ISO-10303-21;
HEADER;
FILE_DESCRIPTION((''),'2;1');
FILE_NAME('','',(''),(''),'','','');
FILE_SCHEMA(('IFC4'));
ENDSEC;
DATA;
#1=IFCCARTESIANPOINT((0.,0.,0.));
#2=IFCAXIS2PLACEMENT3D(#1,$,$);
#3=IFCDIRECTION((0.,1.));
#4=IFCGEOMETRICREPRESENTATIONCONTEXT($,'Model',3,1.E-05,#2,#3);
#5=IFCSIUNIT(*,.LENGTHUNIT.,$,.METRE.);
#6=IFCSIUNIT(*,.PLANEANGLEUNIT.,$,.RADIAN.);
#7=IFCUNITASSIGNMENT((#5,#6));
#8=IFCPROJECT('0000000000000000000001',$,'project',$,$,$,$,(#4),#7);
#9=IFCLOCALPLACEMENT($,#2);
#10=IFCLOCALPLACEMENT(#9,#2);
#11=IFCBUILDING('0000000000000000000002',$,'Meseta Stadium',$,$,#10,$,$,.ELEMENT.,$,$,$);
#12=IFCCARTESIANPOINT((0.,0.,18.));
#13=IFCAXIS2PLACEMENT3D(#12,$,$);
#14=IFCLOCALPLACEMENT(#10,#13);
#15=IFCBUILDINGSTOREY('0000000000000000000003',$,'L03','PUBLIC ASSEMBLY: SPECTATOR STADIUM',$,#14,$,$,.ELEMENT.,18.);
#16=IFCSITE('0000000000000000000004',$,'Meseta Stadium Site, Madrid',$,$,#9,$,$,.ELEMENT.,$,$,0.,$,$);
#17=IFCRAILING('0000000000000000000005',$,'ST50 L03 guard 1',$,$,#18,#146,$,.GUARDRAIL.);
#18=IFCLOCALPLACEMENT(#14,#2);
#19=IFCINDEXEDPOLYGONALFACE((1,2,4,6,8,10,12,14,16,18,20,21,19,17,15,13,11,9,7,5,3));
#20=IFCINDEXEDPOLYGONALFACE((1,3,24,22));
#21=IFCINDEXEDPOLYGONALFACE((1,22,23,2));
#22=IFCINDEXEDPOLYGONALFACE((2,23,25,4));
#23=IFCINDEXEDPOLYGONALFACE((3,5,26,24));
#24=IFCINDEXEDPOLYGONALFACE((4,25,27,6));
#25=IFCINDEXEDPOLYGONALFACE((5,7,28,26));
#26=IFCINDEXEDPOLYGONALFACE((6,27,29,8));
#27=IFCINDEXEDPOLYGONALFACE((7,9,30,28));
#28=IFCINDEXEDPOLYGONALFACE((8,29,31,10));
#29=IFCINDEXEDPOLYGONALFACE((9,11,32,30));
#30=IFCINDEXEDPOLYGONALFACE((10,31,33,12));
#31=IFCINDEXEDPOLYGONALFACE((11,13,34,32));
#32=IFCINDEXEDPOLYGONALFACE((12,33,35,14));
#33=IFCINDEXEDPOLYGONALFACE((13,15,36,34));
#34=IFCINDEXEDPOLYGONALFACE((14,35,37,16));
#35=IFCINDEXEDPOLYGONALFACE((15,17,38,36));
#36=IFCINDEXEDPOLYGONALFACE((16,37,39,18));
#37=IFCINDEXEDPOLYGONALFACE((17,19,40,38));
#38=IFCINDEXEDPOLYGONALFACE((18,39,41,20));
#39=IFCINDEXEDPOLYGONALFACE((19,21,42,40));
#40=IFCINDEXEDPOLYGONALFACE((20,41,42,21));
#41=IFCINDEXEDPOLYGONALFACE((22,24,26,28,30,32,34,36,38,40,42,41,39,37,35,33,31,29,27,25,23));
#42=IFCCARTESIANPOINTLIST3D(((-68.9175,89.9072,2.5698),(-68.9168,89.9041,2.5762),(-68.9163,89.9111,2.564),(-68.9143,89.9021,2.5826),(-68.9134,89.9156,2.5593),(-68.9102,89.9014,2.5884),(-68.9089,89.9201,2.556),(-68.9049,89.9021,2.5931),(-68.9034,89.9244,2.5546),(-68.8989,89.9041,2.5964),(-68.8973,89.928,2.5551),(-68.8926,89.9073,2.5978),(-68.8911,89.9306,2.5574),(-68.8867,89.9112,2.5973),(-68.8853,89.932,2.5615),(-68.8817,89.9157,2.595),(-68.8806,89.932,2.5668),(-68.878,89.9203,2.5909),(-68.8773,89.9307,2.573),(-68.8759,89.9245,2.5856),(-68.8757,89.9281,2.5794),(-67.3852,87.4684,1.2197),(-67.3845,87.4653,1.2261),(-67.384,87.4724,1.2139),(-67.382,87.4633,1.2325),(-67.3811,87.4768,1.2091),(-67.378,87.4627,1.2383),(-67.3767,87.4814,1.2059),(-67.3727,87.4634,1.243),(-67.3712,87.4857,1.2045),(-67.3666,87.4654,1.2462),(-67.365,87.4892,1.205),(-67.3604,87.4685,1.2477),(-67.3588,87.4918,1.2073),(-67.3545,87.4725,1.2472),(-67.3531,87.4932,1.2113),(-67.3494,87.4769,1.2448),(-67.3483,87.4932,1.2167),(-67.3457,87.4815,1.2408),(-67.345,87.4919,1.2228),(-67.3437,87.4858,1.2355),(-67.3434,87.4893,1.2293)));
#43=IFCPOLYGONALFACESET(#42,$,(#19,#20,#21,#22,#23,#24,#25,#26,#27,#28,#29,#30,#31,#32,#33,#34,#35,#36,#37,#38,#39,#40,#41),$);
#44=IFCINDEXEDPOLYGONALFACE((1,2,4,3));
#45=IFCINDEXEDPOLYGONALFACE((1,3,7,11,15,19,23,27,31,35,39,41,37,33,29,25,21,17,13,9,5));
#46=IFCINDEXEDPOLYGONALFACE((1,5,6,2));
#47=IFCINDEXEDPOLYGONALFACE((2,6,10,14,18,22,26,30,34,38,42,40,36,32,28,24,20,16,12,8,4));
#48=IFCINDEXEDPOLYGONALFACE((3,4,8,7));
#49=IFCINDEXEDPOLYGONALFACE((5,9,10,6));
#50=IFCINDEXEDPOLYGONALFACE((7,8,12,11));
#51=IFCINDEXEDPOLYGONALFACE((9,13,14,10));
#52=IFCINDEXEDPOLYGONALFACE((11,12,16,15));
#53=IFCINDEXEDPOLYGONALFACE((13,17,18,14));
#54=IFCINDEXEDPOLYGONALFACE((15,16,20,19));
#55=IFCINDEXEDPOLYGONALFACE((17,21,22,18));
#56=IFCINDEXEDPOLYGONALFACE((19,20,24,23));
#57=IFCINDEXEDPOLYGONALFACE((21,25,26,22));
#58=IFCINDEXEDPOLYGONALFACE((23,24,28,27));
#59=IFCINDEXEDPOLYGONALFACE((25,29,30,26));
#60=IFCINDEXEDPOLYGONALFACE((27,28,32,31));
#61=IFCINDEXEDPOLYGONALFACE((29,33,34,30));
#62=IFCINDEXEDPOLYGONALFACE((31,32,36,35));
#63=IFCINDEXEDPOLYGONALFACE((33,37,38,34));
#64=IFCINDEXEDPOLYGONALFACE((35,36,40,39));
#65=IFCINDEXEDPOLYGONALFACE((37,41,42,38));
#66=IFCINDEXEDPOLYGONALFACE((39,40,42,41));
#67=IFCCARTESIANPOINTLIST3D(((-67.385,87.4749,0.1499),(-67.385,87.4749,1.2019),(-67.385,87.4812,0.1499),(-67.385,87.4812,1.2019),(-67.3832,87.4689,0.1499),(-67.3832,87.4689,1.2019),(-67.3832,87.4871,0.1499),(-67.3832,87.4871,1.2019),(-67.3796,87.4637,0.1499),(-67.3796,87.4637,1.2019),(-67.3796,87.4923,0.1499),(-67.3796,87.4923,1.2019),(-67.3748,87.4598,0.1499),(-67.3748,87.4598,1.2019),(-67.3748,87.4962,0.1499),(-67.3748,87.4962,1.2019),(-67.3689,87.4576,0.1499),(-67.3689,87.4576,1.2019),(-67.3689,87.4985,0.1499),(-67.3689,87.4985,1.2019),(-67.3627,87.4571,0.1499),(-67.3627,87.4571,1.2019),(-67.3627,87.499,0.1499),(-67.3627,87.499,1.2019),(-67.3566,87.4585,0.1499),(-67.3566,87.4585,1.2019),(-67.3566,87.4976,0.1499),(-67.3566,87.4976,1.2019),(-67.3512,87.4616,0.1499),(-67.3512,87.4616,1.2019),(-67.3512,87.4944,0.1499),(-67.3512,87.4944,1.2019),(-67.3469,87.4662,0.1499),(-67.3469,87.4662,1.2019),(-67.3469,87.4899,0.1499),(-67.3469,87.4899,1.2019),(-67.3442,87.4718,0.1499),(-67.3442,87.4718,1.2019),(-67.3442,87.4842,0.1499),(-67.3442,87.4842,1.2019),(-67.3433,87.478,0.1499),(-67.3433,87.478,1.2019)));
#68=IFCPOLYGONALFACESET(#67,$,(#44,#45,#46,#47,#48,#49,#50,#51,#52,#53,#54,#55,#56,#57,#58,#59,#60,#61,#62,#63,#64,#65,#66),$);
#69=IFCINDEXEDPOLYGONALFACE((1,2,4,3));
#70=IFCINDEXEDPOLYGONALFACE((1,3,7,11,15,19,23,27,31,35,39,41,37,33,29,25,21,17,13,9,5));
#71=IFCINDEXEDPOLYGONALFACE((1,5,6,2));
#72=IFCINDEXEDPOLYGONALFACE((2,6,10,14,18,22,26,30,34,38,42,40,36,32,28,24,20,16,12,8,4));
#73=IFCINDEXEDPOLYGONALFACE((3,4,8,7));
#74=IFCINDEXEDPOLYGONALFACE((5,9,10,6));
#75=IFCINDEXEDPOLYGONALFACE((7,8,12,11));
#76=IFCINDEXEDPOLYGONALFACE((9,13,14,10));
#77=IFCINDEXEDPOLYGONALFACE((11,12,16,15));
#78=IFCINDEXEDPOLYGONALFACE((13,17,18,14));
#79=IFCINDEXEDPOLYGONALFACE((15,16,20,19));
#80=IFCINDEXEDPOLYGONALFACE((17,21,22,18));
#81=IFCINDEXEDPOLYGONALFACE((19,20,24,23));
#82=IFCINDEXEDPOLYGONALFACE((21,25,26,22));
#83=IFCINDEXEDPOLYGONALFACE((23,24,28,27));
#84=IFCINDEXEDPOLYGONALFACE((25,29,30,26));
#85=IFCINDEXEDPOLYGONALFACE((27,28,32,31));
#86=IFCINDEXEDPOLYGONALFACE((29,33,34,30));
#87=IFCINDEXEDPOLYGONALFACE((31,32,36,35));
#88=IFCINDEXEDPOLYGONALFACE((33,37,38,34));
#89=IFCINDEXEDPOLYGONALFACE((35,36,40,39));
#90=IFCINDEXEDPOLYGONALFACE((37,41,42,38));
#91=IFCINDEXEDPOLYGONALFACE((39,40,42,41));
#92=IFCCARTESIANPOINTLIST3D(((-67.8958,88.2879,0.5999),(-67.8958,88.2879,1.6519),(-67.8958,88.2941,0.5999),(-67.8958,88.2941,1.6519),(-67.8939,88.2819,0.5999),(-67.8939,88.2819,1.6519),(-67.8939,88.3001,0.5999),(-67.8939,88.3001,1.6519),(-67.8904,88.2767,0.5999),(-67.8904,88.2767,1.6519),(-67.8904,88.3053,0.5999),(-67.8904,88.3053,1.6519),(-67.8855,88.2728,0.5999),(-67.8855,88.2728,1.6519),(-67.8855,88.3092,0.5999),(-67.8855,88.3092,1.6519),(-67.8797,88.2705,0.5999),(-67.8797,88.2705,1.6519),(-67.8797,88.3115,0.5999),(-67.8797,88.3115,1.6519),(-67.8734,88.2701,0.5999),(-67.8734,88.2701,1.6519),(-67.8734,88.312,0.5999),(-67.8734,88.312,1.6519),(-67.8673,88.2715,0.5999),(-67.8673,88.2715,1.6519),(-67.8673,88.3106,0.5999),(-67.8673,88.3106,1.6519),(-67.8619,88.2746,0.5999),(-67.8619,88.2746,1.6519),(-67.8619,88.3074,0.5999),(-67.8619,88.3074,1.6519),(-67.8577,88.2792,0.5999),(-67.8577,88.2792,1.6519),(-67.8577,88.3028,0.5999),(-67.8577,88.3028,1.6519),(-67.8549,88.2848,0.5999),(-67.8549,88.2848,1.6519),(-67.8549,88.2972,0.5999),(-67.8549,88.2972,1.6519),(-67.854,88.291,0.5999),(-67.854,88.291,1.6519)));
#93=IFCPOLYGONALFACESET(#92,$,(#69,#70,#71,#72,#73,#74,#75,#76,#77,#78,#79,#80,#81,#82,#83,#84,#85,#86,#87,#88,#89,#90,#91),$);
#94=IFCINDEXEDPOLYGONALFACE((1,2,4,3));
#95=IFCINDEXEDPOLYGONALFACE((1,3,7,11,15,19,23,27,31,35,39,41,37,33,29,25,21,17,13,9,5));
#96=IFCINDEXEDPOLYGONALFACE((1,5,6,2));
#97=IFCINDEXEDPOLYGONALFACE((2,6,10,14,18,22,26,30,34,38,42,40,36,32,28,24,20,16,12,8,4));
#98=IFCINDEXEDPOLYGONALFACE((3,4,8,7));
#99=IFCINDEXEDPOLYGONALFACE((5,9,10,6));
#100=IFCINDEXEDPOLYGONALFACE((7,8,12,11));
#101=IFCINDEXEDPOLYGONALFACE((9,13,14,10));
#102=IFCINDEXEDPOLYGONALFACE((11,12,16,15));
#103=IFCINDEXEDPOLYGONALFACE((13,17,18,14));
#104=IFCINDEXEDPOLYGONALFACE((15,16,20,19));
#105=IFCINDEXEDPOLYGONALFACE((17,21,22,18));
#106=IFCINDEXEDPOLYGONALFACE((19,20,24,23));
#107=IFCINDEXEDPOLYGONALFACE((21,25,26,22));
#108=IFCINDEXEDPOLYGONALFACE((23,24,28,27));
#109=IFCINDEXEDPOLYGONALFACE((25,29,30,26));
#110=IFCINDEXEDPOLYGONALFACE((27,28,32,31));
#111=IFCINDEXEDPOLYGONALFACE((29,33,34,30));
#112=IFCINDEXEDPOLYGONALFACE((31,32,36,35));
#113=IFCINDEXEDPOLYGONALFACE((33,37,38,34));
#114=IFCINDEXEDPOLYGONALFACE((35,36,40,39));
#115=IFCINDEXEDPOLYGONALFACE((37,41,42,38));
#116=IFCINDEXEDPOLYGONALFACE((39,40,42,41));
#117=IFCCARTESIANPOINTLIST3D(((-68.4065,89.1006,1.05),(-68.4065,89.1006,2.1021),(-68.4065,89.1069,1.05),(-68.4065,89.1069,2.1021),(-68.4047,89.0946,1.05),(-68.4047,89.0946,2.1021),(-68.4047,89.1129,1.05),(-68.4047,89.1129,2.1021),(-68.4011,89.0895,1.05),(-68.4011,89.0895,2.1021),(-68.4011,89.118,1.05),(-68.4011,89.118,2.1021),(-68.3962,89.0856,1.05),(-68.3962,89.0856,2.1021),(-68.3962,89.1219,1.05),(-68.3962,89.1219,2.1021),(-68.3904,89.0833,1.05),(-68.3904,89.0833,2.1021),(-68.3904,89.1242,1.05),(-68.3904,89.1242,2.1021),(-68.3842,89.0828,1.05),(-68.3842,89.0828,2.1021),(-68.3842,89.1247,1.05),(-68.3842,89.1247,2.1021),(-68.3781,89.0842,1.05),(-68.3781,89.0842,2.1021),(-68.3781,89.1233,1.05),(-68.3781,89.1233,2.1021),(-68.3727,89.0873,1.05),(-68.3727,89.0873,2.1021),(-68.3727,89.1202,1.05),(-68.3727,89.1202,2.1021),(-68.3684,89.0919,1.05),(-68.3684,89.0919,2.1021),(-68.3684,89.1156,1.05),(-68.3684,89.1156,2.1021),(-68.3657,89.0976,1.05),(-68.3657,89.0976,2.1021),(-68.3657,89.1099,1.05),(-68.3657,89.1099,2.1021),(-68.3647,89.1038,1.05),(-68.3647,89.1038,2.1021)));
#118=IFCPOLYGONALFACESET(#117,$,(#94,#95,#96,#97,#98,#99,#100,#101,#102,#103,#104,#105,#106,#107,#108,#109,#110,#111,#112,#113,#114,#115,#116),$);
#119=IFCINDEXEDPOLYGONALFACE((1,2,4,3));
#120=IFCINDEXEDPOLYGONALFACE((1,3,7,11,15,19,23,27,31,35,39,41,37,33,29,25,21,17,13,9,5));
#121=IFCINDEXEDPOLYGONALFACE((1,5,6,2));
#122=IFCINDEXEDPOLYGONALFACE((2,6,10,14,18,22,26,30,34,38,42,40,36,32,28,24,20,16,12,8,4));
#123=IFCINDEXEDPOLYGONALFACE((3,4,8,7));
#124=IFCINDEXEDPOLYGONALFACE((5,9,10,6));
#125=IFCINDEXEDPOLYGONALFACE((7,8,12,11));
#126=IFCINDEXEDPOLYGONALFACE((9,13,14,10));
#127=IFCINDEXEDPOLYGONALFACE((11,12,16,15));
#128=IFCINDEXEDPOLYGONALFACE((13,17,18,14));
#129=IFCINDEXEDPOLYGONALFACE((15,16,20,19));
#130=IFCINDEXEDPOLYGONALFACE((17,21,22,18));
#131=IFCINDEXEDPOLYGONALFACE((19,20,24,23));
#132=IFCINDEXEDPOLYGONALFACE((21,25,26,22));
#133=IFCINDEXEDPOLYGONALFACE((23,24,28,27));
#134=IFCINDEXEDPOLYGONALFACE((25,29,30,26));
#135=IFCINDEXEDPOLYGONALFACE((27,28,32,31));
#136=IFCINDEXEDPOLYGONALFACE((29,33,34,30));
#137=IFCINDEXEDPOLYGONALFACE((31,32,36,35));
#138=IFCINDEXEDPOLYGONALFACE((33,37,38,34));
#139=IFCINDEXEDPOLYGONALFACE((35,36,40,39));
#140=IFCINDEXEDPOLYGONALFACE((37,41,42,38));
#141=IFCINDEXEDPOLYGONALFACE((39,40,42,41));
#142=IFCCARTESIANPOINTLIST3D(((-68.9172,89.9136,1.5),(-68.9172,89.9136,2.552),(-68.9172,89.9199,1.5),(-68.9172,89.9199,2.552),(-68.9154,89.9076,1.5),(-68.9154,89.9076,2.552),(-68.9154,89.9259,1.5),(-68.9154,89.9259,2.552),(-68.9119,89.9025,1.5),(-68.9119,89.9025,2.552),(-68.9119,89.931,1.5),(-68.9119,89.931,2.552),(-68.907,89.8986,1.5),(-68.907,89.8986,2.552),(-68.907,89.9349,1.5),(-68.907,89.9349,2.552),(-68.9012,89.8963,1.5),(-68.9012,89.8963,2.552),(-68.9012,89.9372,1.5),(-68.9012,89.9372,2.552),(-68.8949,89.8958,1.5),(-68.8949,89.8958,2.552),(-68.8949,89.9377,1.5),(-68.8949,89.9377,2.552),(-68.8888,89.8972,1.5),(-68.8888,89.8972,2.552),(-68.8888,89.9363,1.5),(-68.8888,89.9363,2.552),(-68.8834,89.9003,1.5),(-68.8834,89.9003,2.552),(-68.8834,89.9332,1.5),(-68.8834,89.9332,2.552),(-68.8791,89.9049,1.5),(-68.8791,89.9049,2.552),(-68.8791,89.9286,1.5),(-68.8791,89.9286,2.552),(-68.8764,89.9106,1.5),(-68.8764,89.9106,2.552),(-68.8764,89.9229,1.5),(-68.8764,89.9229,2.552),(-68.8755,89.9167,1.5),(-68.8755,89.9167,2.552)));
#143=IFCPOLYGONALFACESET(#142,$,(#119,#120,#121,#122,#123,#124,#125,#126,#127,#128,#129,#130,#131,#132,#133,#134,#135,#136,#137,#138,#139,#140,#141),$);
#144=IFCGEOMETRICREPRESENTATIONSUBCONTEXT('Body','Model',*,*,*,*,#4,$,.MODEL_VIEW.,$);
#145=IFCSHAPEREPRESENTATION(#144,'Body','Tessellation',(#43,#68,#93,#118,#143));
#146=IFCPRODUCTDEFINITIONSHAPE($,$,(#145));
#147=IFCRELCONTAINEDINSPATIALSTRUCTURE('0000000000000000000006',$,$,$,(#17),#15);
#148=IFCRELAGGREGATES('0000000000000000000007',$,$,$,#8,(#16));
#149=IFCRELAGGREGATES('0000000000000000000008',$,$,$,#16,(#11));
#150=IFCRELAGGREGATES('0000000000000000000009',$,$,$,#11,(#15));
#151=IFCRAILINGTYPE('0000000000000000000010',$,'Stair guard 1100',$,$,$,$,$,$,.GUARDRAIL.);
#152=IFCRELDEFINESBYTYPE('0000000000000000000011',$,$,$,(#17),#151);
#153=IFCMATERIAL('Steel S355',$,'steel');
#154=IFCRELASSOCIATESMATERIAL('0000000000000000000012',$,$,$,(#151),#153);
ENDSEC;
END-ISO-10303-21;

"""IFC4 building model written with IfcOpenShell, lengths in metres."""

from ifc_helpers import new_model, si_unit, direction, frame, origin, origin_2d, place, context, subcontext, project, spatial, circle, extrude, material, type_object, element, save


model = new_model("IFC4")

# Units and contexts
model_context = context("Model", 3, precision=1e-05, world=origin(), true_north=direction((0.0, 1.0)))
body_context = subcontext(model_context, "Body", "Model", "MODEL_VIEW")
ifc_project = project(units=[si_unit("LENGTHUNIT", "METRE"), si_unit("PLANEANGLEUNIT", "RADIAN")], contexts=[model_context])

# Site, building, storey
site_placement = place(None, origin())
site = spatial("IfcSite", under=ifc_project, at=site_placement, Name="Meseta Stadium Site, Madrid", CompositionType="ELEMENT", RefElevation=0.0)
building_placement = place(site_placement, origin())
building = spatial("IfcBuilding", under=site, at=building_placement, Name="Meseta Stadium", CompositionType="ELEMENT")
storey_placement = place(building_placement, frame((0.0, 0.0, 18.0)))
storey = spatial("IfcBuildingStorey", under=building, at=storey_placement, Name="L03", Description="PUBLIC ASSEMBLY: SPECTATOR STADIUM", CompositionType="ELEMENT", Elevation=18.0)

# Railing
ifc_material_1 = material(Name="Steel S355", Category="steel")
railing_type_1 = type_object("IfcRailingType", Name="Stair guard 1100", PredefinedType="GUARDRAIL", material=ifc_material_1)
railing_1_placement = place(storey_placement, frame((-67.3643, 87.478, 0.1499)))
element("IfcRailing", 1, at=railing_1_placement, inside=storey, type_object=railing_type_1, Name="ST50 L03 guard 1", PredefinedType="GUARDRAIL", context=body_context, shape_type="SweptSolid", body=[
    extrude(circle(Radius=0.0239, at=origin_2d()), frame((0.0, 0.0, 1.0762), z_axis=(-0.481703, 0.766687, 0.424445), x_axis=(-0.846743, -0.532001, 0.0)), (0.0, 0.0, 1.0), 3.1809),
    extrude(circle(Radius=0.021, at=origin_2d()), origin(), (0.0, 0.0, 1.0), 1.052),
    extrude(circle(Radius=0.021, at=origin_2d()), frame((-0.5107, 0.813, 0.45)), (0.0, 0.0, 1.0), 1.052),
    extrude(circle(Radius=0.021, at=origin_2d()), frame((-1.0215, 1.6257, 0.9001)), (0.0, 0.0, 1.0), 1.052),
    extrude(circle(Radius=0.021, at=origin_2d()), frame((-1.5322, 2.4387, 1.3501)), (0.0, 0.0, 1.0), 1.052),
])

save(model, "model.ifc")
